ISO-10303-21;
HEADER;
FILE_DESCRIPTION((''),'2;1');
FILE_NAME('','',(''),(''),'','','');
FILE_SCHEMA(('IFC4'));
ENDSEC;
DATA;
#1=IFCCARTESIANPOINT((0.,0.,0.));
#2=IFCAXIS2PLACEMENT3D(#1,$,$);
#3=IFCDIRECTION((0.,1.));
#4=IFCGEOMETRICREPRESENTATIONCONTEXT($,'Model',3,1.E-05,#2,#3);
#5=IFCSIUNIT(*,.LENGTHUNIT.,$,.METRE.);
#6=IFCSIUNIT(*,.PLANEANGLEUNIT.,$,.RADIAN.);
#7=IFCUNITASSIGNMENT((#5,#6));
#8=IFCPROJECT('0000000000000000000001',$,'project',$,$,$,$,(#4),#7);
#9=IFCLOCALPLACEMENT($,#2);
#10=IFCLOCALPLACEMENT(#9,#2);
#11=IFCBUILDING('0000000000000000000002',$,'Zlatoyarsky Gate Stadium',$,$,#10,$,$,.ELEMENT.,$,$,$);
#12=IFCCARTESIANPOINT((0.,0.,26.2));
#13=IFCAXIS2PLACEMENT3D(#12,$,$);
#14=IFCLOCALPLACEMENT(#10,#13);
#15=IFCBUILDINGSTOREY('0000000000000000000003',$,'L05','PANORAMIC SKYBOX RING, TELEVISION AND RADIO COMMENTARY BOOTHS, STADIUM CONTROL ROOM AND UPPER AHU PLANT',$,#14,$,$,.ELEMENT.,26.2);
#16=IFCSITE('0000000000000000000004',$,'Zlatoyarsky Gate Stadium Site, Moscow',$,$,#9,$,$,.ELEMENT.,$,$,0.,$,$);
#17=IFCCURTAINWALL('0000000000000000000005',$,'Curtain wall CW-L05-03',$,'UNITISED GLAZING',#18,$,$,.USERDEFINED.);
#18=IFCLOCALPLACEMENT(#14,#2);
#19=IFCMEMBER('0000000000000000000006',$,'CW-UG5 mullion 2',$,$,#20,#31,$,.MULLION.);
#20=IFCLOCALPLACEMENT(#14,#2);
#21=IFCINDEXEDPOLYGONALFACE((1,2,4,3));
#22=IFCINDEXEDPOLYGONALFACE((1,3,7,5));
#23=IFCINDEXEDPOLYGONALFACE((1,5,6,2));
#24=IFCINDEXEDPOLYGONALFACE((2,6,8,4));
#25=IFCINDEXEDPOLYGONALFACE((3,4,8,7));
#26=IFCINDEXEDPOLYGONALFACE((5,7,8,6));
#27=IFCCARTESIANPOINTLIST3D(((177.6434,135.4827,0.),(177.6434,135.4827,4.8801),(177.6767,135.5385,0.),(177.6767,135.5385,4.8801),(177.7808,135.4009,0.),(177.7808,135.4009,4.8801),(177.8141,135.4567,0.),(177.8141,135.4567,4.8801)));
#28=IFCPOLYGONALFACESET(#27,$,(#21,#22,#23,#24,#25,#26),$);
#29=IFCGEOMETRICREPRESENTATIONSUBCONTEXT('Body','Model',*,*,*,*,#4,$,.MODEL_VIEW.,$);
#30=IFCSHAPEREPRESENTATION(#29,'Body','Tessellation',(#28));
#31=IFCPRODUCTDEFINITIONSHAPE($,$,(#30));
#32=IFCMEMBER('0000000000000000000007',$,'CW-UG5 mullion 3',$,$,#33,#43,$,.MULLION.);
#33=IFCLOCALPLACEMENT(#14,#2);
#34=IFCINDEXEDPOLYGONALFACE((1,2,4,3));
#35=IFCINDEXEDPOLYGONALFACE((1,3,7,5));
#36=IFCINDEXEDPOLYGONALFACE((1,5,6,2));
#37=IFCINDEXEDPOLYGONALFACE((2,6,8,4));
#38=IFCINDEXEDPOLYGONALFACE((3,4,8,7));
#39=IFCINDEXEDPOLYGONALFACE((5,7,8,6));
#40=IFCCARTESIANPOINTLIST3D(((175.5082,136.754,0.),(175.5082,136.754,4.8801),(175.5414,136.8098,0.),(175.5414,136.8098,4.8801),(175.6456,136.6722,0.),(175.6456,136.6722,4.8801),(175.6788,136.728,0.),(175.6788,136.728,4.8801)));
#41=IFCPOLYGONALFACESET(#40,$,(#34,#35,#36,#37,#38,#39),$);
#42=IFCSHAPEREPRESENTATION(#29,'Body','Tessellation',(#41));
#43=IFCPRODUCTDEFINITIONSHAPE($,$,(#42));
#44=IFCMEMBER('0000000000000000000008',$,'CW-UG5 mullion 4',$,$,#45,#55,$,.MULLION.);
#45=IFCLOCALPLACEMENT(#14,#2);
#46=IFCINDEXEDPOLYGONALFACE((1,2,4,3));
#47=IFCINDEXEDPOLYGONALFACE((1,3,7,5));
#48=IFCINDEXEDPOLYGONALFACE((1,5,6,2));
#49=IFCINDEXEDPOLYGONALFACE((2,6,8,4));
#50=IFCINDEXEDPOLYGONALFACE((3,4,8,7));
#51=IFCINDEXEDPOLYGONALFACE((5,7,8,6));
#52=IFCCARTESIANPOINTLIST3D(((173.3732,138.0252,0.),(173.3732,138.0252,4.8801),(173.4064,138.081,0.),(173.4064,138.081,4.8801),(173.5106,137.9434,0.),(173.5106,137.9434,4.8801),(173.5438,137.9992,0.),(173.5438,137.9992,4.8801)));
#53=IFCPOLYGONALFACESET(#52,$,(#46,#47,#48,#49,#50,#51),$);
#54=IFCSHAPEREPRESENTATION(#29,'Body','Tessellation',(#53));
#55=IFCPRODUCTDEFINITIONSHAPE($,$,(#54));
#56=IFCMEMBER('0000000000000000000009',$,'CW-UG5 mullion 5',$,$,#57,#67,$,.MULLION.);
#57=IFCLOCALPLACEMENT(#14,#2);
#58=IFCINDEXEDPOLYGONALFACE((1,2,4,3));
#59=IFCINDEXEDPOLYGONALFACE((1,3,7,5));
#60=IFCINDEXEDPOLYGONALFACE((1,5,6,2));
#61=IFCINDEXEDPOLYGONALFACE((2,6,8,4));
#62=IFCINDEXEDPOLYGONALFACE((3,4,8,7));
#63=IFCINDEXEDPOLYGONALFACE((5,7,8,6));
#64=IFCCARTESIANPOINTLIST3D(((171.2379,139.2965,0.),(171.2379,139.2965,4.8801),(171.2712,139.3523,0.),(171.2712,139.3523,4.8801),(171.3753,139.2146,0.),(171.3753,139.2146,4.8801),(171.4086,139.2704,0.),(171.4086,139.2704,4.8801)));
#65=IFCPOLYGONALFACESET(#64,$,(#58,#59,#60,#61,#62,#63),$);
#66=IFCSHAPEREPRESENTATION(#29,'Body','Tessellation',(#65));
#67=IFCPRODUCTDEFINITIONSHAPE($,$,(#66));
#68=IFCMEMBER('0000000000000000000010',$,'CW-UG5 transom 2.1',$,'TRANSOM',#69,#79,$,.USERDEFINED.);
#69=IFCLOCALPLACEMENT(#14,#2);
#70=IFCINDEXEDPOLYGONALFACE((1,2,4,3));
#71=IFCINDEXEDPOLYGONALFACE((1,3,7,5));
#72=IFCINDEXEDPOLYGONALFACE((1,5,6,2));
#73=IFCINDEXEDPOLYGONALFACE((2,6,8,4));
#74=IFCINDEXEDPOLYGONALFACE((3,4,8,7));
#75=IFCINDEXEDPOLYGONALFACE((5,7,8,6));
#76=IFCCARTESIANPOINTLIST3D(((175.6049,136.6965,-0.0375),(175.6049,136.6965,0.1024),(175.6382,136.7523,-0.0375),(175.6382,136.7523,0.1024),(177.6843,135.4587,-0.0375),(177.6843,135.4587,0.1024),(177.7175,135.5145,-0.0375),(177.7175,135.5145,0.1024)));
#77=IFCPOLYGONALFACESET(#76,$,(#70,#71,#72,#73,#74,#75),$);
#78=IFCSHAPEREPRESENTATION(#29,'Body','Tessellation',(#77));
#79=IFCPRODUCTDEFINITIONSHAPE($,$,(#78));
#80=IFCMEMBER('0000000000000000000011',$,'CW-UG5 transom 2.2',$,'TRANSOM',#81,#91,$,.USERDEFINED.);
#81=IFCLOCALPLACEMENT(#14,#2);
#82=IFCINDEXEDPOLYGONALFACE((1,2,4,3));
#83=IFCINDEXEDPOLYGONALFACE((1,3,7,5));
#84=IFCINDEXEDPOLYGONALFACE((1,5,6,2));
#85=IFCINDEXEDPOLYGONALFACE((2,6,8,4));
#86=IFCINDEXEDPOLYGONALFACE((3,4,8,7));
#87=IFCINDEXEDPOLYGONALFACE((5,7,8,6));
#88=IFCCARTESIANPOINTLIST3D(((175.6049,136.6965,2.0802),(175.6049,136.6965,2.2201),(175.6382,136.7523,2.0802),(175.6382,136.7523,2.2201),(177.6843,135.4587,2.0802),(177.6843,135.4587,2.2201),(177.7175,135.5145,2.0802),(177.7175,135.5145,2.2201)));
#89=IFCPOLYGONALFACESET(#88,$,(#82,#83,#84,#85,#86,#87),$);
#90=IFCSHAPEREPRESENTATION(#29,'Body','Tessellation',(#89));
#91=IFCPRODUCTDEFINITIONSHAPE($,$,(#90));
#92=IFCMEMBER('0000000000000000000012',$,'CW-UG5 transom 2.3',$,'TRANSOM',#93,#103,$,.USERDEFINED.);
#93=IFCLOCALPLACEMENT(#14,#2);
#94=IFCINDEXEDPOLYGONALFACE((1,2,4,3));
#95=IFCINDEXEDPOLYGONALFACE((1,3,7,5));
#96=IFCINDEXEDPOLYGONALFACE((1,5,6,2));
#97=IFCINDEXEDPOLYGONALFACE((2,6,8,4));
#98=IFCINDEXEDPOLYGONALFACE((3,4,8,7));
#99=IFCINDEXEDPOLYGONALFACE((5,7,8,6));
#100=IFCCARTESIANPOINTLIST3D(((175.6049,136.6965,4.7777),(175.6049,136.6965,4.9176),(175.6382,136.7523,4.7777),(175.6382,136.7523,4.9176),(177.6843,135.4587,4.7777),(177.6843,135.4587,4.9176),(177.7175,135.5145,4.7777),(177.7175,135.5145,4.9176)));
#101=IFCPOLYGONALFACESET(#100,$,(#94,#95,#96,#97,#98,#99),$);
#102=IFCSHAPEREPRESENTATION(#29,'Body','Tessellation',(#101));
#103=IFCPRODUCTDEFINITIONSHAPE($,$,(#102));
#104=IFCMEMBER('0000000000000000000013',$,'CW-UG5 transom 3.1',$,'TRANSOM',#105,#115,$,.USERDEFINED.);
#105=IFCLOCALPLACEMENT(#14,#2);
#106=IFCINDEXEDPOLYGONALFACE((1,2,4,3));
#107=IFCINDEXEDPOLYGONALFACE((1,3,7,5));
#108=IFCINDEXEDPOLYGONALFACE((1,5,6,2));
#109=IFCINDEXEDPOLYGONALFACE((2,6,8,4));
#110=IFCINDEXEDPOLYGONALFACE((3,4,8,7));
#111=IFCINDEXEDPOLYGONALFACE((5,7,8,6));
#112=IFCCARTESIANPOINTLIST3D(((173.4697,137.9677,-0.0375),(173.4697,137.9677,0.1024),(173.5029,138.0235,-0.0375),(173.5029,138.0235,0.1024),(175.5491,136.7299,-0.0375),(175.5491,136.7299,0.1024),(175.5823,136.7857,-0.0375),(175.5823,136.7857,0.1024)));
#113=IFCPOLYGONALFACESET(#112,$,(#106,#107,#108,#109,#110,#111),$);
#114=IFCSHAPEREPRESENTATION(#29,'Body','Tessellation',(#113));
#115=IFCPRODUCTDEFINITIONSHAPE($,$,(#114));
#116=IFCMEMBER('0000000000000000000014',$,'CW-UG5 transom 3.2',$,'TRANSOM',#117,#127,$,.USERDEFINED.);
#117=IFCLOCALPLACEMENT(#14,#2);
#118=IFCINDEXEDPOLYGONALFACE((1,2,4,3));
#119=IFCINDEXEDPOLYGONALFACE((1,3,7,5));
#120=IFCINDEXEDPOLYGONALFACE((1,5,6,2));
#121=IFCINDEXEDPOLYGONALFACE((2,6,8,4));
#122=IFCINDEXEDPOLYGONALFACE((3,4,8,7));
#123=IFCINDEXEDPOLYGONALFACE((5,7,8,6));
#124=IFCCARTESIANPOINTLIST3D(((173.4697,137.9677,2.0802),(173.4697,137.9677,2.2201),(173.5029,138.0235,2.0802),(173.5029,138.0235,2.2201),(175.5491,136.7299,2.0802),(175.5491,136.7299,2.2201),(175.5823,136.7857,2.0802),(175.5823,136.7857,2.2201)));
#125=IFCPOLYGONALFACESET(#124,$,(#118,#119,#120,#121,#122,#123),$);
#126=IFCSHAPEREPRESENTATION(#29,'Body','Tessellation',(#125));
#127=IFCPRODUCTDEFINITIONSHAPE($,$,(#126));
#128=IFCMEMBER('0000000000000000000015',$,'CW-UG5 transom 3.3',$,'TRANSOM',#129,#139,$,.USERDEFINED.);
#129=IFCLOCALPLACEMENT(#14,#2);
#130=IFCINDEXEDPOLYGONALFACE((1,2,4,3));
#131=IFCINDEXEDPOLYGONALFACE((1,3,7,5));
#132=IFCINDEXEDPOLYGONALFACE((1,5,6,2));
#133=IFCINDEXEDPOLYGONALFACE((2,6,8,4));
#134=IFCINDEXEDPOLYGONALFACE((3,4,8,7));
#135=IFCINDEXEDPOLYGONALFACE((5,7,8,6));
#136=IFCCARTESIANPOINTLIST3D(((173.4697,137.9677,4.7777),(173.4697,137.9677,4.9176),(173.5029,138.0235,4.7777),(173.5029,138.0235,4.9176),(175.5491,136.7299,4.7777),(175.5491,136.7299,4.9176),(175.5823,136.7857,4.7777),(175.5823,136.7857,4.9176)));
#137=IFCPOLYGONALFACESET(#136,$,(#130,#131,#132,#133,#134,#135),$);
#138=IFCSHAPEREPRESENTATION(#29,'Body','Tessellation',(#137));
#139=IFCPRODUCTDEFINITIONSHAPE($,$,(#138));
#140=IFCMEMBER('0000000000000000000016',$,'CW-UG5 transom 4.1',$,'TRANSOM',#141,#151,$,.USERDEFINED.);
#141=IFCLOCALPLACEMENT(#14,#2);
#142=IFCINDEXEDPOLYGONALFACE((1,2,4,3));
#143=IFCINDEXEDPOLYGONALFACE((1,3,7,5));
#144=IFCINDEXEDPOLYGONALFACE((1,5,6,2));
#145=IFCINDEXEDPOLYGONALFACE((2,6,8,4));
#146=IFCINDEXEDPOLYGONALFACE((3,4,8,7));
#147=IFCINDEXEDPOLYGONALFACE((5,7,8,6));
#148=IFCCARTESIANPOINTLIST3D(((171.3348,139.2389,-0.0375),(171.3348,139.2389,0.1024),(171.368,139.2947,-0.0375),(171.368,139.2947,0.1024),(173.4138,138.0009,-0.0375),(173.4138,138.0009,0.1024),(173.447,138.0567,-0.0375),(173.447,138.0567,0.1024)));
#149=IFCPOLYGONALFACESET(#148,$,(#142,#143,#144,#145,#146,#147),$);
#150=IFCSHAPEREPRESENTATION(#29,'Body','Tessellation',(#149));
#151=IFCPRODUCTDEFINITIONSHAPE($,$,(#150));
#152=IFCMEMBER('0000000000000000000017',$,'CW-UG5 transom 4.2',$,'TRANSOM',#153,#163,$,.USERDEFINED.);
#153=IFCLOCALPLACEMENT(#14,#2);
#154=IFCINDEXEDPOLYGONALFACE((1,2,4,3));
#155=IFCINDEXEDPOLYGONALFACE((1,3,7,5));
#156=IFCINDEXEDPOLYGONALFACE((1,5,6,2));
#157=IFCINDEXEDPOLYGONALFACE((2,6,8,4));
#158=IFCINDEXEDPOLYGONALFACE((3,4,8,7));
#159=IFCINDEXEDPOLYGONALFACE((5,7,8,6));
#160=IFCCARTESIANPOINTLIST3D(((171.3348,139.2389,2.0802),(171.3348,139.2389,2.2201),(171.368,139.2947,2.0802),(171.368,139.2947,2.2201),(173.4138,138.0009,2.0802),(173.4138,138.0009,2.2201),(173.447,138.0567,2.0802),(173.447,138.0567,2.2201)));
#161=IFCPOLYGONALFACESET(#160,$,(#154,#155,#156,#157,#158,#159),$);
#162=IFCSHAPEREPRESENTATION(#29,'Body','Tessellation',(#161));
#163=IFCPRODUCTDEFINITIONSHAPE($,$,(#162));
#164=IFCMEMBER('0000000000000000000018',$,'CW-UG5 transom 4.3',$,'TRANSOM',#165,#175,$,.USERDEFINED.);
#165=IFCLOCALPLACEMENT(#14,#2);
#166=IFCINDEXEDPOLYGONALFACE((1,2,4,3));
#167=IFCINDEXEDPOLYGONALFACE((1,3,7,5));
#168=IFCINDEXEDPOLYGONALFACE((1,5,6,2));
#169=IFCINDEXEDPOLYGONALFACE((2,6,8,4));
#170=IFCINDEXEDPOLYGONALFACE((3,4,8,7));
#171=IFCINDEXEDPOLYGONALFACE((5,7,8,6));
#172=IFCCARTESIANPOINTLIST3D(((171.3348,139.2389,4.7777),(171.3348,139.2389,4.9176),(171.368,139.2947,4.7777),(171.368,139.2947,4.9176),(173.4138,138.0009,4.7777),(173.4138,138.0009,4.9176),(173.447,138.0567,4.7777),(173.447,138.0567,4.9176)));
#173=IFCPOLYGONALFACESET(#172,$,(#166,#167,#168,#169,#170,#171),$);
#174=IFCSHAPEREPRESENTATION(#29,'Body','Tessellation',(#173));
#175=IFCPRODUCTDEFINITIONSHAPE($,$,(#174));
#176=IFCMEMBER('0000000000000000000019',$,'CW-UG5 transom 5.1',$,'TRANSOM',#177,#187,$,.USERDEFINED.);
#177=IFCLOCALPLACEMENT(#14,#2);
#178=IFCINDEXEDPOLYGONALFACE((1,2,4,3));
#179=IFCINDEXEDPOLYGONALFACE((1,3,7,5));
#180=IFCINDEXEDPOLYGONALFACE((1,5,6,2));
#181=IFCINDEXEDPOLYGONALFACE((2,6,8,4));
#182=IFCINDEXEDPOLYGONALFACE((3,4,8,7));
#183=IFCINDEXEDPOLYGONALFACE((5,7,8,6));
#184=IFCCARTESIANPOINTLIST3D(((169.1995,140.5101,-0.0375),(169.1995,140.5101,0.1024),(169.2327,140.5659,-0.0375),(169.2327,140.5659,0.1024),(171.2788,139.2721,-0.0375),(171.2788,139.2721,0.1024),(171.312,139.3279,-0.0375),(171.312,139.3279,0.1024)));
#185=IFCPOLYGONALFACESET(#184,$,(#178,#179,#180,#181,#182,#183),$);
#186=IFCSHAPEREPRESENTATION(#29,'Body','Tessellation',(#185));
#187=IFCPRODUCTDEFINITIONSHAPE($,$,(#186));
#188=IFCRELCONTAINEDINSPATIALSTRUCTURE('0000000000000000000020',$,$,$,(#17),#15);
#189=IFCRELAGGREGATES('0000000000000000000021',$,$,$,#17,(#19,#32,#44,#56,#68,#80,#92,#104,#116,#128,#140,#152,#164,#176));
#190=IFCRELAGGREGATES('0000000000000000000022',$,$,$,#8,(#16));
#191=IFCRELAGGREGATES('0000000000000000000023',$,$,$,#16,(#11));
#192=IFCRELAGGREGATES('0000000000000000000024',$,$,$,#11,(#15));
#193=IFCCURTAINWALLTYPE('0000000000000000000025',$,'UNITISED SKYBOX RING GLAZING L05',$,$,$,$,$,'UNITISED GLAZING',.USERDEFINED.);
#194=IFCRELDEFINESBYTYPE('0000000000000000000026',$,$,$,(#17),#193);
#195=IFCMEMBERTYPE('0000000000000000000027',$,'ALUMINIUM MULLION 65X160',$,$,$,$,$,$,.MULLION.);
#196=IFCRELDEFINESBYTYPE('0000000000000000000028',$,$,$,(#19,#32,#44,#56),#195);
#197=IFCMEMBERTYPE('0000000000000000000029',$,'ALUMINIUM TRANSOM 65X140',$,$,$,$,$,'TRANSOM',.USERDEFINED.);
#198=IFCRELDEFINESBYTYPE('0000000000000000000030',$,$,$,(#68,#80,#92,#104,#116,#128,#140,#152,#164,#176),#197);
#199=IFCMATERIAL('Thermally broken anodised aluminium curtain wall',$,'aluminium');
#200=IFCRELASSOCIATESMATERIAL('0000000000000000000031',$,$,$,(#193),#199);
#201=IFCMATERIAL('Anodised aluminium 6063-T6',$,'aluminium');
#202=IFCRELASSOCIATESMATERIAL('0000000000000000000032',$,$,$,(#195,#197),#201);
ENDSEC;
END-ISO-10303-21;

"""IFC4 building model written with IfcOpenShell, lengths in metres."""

from ifc_helpers import new_model, si_unit, direction, frame, origin, origin_2d, place, context, subcontext, project, spatial, rectangle, extrude, material, material_profile, profile_set, type_object, element, aggregate, save


model = new_model("IFC4")

# Units and contexts
model_context = context("Model", 3, precision=1e-05, world=origin(), true_north=direction((0.0, 1.0)))
body_context = subcontext(model_context, "Body", "Model", "MODEL_VIEW")
ifc_project = project(units=[si_unit("LENGTHUNIT", "METRE"), si_unit("PLANEANGLEUNIT", "RADIAN")], contexts=[model_context])

# Site, building, storey
site_placement = place(None, origin())
site = spatial("IfcSite", under=ifc_project, at=site_placement, Name="Zlatoyarsky Gate Stadium Site, Moscow", CompositionType="ELEMENT", RefElevation=0.0)
building_placement = place(site_placement, origin())
building = spatial("IfcBuilding", under=site, at=building_placement, Name="Zlatoyarsky Gate Stadium", CompositionType="ELEMENT")
storey_placement = place(building_placement, frame((0.0, 0.0, 26.2)))
storey = spatial("IfcBuildingStorey", under=building, at=storey_placement, Name="L05", Description="PANORAMIC SKYBOX RING, TELEVISION AND RADIO COMMENTARY BOOTHS, STADIUM CONTROL ROOM AND UPPER AHU PLANT", CompositionType="ELEMENT", Elevation=26.2)

# Curtain wall, members
ifc_material_1 = material(Name="Thermally broken anodised aluminium curtain wall", Category="aluminium")
curtain_wall_type = type_object("IfcCurtainWallType", Name="UNITISED SKYBOX RING GLAZING L05", ElementType="UNITISED GLAZING", PredefinedType="USERDEFINED", material=ifc_material_1)
curtain_wall_placement = place(storey_placement, origin())
curtain_wall = element("IfcCurtainWall", 1, at=curtain_wall_placement, inside=storey, type_object=curtain_wall_type, Name="Curtain wall CW-L05-03", ObjectType="UNITISED GLAZING", PredefinedType="USERDEFINED")
ifc_material_2 = material(Name="Anodised aluminium 6063-T6", Category="aluminium")
ifc_material_profile_1 = material_profile(ifc_material_2, rectangle(XDim=0.0649, YDim=0.1599, at=origin_2d()), Name="ALU 65X160")
ifc_profile_set_1 = profile_set([ifc_material_profile_1], Name="Anodised aluminium 6063-T6")
member_type_1 = type_object("IfcMemberType", Name="ALUMINIUM MULLION 65X160", PredefinedType="MULLION", material=ifc_profile_set_1)
member_1_placement = place(storey_placement, frame((177.7288, 135.4697, 0.0), z_axis=(0.0, 0.0, 1.0), x_axis=(-0.511577, -0.859237, 0.0)))
member_1 = element("IfcMember", 2, at=member_1_placement, type_object=member_type_1, Name="CW-UG5 mullion 2", PredefinedType="MULLION", context=body_context, shape_type="SweptSolid", body=[
    extrude(rectangle(XDim=0.0649, YDim=0.1599, at=origin_2d()), origin(), (0.0, 0.0, 1.0), 4.8801),
])
member_2_placement = place(storey_placement, frame((175.5935, 136.741, 0.0), z_axis=(0.0, 0.0, 1.0), x_axis=(-0.511577, -0.859237, 0.0)))
member_2 = element("IfcMember", 3, at=member_2_placement, type_object=member_type_1, Name="CW-UG5 mullion 3", PredefinedType="MULLION", context=body_context, shape_type="SweptSolid", body=[
    extrude(rectangle(XDim=0.0649, YDim=0.1599, at=origin_2d()), origin(), (0.0, 0.0, 1.0), 4.8801),
])
member_3_placement = place(storey_placement, frame((173.4585, 138.0122, 0.0), z_axis=(0.0, 0.0, 1.0), x_axis=(-0.511577, -0.859237, 0.0)))
member_3 = element("IfcMember", 4, at=member_3_placement, type_object=member_type_1, Name="CW-UG5 mullion 4", PredefinedType="MULLION", context=body_context, shape_type="SweptSolid", body=[
    extrude(rectangle(XDim=0.0649, YDim=0.1599, at=origin_2d()), origin(), (0.0, 0.0, 1.0), 4.8801),
])
member_4_placement = place(storey_placement, frame((171.3232, 139.2834, 0.0), z_axis=(0.0, 0.0, 1.0), x_axis=(-0.511577, -0.859237, 0.0)))
member_4 = element("IfcMember", 5, at=member_4_placement, type_object=member_type_1, Name="CW-UG5 mullion 5", PredefinedType="MULLION", context=body_context, shape_type="SweptSolid", body=[
    extrude(rectangle(XDim=0.0649, YDim=0.1599, at=origin_2d()), origin(), (0.0, 0.0, 1.0), 4.8801),
])
ifc_material_profile_2 = material_profile(ifc_material_2, rectangle(XDim=0.0649, YDim=0.1399, at=origin_2d()), Name="ALU 65X140")
ifc_profile_set_2 = profile_set([ifc_material_profile_2], Name="Anodised aluminium 6063-T6")
member_type_2 = type_object("IfcMemberType", Name="ALUMINIUM TRANSOM 65X140", ElementType="TRANSOM", PredefinedType="USERDEFINED", material=ifc_profile_set_2)
member_5_placement = place(storey_placement, frame((177.7009, 135.4866, 0.0325), z_axis=(-0.859277, 0.51151, 0.0), x_axis=(-0.51151, -0.859277, 0.0)))
member_5 = element("IfcMember", 6, at=member_5_placement, type_object=member_type_2, Name="CW-UG5 transom 2.1", ObjectType="TRANSOM", PredefinedType="USERDEFINED", context=body_context, shape_type="SweptSolid", body=[
    extrude(rectangle(XDim=0.0649, YDim=0.1399, at=origin_2d()), origin(), (0.0, 0.0, 1.0), 2.4199),
])
member_6_placement = place(storey_placement, frame((177.7009, 135.4866, 2.1501), z_axis=(-0.859277, 0.51151, 0.0), x_axis=(-0.51151, -0.859277, 0.0)))
member_6 = element("IfcMember", 7, at=member_6_placement, type_object=member_type_2, Name="CW-UG5 transom 2.2", ObjectType="TRANSOM", PredefinedType="USERDEFINED", context=body_context, shape_type="SweptSolid", body=[
    extrude(rectangle(XDim=0.0649, YDim=0.1399, at=origin_2d()), origin(), (0.0, 0.0, 1.0), 2.4199),
])
member_7_placement = place(storey_placement, frame((177.7009, 135.4866, 4.8477), z_axis=(-0.859277, 0.51151, 0.0), x_axis=(-0.51151, -0.859277, 0.0)))
member_7 = element("IfcMember", 8, at=member_7_placement, type_object=member_type_2, Name="CW-UG5 transom 2.3", ObjectType="TRANSOM", PredefinedType="USERDEFINED", context=body_context, shape_type="SweptSolid", body=[
    extrude(rectangle(XDim=0.0649, YDim=0.1399, at=origin_2d()), origin(), (0.0, 0.0, 1.0), 2.4199),
])
member_8_placement = place(storey_placement, frame((175.5657, 136.7578, 0.0325), z_axis=(-0.859277, 0.51151, 0.0), x_axis=(-0.51151, -0.859277, 0.0)))
member_8 = element("IfcMember", 9, at=member_8_placement, type_object=member_type_2, Name="CW-UG5 transom 3.1", ObjectType="TRANSOM", PredefinedType="USERDEFINED", context=body_context, shape_type="SweptSolid", body=[
    extrude(rectangle(XDim=0.0649, YDim=0.1399, at=origin_2d()), origin(), (0.0, 0.0, 1.0), 2.4199),
])
member_9_placement = place(storey_placement, frame((175.5657, 136.7578, 2.1501), z_axis=(-0.859277, 0.51151, 0.0), x_axis=(-0.51151, -0.859277, 0.0)))
member_9 = element("IfcMember", 10, at=member_9_placement, type_object=member_type_2, Name="CW-UG5 transom 3.2", ObjectType="TRANSOM", PredefinedType="USERDEFINED", context=body_context, shape_type="SweptSolid", body=[
    extrude(rectangle(XDim=0.0649, YDim=0.1399, at=origin_2d()), origin(), (0.0, 0.0, 1.0), 2.4199),
])
member_10_placement = place(storey_placement, frame((175.5657, 136.7578, 4.8477), z_axis=(-0.859277, 0.51151, 0.0), x_axis=(-0.51151, -0.859277, 0.0)))
member_10 = element("IfcMember", 11, at=member_10_placement, type_object=member_type_2, Name="CW-UG5 transom 3.3", ObjectType="TRANSOM", PredefinedType="USERDEFINED", context=body_context, shape_type="SweptSolid", body=[
    extrude(rectangle(XDim=0.0649, YDim=0.1399, at=origin_2d()), origin(), (0.0, 0.0, 1.0), 2.4199),
])
member_11_placement = place(storey_placement, frame((173.4304, 138.0288, 0.0325), z_axis=(-0.859206, 0.511629, 0.0), x_axis=(-0.511629, -0.859206, 0.0)))
member_11 = element("IfcMember", 12, at=member_11_placement, type_object=member_type_2, Name="CW-UG5 transom 4.1", ObjectType="TRANSOM", PredefinedType="USERDEFINED", context=body_context, shape_type="SweptSolid", body=[
    extrude(rectangle(XDim=0.0649, YDim=0.1399, at=origin_2d()), origin(), (0.0, 0.0, 1.0), 2.4197),
])
member_12_placement = place(storey_placement, frame((173.4304, 138.0288, 2.1501), z_axis=(-0.859206, 0.511629, 0.0), x_axis=(-0.511629, -0.859206, 0.0)))
member_12 = element("IfcMember", 13, at=member_12_placement, type_object=member_type_2, Name="CW-UG5 transom 4.2", ObjectType="TRANSOM", PredefinedType="USERDEFINED", context=body_context, shape_type="SweptSolid", body=[
    extrude(rectangle(XDim=0.0649, YDim=0.1399, at=origin_2d()), origin(), (0.0, 0.0, 1.0), 2.4197),
])
member_13_placement = place(storey_placement, frame((173.4304, 138.0288, 4.8477), z_axis=(-0.859206, 0.511629, 0.0), x_axis=(-0.511629, -0.859206, 0.0)))
member_13 = element("IfcMember", 14, at=member_13_placement, type_object=member_type_2, Name="CW-UG5 transom 4.3", ObjectType="TRANSOM", PredefinedType="USERDEFINED", context=body_context, shape_type="SweptSolid", body=[
    extrude(rectangle(XDim=0.0649, YDim=0.1399, at=origin_2d()), origin(), (0.0, 0.0, 1.0), 2.4197),
])
member_14_placement = place(storey_placement, frame((171.2954, 139.3, 0.0325), z_axis=(-0.859233, 0.511585, 0.0), x_axis=(-0.511585, -0.859233, 0.0)))
member_14 = element("IfcMember", 15, at=member_14_placement, type_object=member_type_2, Name="CW-UG5 transom 5.1", ObjectType="TRANSOM", PredefinedType="USERDEFINED", context=body_context, shape_type="SweptSolid", body=[
    extrude(rectangle(XDim=0.0649, YDim=0.1399, at=origin_2d()), origin(), (0.0, 0.0, 1.0), 2.4199),
])

aggregate(curtain_wall, [member_1, member_2, member_3, member_4, member_5, member_6, member_7, member_8, member_9, member_10, member_11, member_12, member_13, member_14])

save(model, "model.ifc")
